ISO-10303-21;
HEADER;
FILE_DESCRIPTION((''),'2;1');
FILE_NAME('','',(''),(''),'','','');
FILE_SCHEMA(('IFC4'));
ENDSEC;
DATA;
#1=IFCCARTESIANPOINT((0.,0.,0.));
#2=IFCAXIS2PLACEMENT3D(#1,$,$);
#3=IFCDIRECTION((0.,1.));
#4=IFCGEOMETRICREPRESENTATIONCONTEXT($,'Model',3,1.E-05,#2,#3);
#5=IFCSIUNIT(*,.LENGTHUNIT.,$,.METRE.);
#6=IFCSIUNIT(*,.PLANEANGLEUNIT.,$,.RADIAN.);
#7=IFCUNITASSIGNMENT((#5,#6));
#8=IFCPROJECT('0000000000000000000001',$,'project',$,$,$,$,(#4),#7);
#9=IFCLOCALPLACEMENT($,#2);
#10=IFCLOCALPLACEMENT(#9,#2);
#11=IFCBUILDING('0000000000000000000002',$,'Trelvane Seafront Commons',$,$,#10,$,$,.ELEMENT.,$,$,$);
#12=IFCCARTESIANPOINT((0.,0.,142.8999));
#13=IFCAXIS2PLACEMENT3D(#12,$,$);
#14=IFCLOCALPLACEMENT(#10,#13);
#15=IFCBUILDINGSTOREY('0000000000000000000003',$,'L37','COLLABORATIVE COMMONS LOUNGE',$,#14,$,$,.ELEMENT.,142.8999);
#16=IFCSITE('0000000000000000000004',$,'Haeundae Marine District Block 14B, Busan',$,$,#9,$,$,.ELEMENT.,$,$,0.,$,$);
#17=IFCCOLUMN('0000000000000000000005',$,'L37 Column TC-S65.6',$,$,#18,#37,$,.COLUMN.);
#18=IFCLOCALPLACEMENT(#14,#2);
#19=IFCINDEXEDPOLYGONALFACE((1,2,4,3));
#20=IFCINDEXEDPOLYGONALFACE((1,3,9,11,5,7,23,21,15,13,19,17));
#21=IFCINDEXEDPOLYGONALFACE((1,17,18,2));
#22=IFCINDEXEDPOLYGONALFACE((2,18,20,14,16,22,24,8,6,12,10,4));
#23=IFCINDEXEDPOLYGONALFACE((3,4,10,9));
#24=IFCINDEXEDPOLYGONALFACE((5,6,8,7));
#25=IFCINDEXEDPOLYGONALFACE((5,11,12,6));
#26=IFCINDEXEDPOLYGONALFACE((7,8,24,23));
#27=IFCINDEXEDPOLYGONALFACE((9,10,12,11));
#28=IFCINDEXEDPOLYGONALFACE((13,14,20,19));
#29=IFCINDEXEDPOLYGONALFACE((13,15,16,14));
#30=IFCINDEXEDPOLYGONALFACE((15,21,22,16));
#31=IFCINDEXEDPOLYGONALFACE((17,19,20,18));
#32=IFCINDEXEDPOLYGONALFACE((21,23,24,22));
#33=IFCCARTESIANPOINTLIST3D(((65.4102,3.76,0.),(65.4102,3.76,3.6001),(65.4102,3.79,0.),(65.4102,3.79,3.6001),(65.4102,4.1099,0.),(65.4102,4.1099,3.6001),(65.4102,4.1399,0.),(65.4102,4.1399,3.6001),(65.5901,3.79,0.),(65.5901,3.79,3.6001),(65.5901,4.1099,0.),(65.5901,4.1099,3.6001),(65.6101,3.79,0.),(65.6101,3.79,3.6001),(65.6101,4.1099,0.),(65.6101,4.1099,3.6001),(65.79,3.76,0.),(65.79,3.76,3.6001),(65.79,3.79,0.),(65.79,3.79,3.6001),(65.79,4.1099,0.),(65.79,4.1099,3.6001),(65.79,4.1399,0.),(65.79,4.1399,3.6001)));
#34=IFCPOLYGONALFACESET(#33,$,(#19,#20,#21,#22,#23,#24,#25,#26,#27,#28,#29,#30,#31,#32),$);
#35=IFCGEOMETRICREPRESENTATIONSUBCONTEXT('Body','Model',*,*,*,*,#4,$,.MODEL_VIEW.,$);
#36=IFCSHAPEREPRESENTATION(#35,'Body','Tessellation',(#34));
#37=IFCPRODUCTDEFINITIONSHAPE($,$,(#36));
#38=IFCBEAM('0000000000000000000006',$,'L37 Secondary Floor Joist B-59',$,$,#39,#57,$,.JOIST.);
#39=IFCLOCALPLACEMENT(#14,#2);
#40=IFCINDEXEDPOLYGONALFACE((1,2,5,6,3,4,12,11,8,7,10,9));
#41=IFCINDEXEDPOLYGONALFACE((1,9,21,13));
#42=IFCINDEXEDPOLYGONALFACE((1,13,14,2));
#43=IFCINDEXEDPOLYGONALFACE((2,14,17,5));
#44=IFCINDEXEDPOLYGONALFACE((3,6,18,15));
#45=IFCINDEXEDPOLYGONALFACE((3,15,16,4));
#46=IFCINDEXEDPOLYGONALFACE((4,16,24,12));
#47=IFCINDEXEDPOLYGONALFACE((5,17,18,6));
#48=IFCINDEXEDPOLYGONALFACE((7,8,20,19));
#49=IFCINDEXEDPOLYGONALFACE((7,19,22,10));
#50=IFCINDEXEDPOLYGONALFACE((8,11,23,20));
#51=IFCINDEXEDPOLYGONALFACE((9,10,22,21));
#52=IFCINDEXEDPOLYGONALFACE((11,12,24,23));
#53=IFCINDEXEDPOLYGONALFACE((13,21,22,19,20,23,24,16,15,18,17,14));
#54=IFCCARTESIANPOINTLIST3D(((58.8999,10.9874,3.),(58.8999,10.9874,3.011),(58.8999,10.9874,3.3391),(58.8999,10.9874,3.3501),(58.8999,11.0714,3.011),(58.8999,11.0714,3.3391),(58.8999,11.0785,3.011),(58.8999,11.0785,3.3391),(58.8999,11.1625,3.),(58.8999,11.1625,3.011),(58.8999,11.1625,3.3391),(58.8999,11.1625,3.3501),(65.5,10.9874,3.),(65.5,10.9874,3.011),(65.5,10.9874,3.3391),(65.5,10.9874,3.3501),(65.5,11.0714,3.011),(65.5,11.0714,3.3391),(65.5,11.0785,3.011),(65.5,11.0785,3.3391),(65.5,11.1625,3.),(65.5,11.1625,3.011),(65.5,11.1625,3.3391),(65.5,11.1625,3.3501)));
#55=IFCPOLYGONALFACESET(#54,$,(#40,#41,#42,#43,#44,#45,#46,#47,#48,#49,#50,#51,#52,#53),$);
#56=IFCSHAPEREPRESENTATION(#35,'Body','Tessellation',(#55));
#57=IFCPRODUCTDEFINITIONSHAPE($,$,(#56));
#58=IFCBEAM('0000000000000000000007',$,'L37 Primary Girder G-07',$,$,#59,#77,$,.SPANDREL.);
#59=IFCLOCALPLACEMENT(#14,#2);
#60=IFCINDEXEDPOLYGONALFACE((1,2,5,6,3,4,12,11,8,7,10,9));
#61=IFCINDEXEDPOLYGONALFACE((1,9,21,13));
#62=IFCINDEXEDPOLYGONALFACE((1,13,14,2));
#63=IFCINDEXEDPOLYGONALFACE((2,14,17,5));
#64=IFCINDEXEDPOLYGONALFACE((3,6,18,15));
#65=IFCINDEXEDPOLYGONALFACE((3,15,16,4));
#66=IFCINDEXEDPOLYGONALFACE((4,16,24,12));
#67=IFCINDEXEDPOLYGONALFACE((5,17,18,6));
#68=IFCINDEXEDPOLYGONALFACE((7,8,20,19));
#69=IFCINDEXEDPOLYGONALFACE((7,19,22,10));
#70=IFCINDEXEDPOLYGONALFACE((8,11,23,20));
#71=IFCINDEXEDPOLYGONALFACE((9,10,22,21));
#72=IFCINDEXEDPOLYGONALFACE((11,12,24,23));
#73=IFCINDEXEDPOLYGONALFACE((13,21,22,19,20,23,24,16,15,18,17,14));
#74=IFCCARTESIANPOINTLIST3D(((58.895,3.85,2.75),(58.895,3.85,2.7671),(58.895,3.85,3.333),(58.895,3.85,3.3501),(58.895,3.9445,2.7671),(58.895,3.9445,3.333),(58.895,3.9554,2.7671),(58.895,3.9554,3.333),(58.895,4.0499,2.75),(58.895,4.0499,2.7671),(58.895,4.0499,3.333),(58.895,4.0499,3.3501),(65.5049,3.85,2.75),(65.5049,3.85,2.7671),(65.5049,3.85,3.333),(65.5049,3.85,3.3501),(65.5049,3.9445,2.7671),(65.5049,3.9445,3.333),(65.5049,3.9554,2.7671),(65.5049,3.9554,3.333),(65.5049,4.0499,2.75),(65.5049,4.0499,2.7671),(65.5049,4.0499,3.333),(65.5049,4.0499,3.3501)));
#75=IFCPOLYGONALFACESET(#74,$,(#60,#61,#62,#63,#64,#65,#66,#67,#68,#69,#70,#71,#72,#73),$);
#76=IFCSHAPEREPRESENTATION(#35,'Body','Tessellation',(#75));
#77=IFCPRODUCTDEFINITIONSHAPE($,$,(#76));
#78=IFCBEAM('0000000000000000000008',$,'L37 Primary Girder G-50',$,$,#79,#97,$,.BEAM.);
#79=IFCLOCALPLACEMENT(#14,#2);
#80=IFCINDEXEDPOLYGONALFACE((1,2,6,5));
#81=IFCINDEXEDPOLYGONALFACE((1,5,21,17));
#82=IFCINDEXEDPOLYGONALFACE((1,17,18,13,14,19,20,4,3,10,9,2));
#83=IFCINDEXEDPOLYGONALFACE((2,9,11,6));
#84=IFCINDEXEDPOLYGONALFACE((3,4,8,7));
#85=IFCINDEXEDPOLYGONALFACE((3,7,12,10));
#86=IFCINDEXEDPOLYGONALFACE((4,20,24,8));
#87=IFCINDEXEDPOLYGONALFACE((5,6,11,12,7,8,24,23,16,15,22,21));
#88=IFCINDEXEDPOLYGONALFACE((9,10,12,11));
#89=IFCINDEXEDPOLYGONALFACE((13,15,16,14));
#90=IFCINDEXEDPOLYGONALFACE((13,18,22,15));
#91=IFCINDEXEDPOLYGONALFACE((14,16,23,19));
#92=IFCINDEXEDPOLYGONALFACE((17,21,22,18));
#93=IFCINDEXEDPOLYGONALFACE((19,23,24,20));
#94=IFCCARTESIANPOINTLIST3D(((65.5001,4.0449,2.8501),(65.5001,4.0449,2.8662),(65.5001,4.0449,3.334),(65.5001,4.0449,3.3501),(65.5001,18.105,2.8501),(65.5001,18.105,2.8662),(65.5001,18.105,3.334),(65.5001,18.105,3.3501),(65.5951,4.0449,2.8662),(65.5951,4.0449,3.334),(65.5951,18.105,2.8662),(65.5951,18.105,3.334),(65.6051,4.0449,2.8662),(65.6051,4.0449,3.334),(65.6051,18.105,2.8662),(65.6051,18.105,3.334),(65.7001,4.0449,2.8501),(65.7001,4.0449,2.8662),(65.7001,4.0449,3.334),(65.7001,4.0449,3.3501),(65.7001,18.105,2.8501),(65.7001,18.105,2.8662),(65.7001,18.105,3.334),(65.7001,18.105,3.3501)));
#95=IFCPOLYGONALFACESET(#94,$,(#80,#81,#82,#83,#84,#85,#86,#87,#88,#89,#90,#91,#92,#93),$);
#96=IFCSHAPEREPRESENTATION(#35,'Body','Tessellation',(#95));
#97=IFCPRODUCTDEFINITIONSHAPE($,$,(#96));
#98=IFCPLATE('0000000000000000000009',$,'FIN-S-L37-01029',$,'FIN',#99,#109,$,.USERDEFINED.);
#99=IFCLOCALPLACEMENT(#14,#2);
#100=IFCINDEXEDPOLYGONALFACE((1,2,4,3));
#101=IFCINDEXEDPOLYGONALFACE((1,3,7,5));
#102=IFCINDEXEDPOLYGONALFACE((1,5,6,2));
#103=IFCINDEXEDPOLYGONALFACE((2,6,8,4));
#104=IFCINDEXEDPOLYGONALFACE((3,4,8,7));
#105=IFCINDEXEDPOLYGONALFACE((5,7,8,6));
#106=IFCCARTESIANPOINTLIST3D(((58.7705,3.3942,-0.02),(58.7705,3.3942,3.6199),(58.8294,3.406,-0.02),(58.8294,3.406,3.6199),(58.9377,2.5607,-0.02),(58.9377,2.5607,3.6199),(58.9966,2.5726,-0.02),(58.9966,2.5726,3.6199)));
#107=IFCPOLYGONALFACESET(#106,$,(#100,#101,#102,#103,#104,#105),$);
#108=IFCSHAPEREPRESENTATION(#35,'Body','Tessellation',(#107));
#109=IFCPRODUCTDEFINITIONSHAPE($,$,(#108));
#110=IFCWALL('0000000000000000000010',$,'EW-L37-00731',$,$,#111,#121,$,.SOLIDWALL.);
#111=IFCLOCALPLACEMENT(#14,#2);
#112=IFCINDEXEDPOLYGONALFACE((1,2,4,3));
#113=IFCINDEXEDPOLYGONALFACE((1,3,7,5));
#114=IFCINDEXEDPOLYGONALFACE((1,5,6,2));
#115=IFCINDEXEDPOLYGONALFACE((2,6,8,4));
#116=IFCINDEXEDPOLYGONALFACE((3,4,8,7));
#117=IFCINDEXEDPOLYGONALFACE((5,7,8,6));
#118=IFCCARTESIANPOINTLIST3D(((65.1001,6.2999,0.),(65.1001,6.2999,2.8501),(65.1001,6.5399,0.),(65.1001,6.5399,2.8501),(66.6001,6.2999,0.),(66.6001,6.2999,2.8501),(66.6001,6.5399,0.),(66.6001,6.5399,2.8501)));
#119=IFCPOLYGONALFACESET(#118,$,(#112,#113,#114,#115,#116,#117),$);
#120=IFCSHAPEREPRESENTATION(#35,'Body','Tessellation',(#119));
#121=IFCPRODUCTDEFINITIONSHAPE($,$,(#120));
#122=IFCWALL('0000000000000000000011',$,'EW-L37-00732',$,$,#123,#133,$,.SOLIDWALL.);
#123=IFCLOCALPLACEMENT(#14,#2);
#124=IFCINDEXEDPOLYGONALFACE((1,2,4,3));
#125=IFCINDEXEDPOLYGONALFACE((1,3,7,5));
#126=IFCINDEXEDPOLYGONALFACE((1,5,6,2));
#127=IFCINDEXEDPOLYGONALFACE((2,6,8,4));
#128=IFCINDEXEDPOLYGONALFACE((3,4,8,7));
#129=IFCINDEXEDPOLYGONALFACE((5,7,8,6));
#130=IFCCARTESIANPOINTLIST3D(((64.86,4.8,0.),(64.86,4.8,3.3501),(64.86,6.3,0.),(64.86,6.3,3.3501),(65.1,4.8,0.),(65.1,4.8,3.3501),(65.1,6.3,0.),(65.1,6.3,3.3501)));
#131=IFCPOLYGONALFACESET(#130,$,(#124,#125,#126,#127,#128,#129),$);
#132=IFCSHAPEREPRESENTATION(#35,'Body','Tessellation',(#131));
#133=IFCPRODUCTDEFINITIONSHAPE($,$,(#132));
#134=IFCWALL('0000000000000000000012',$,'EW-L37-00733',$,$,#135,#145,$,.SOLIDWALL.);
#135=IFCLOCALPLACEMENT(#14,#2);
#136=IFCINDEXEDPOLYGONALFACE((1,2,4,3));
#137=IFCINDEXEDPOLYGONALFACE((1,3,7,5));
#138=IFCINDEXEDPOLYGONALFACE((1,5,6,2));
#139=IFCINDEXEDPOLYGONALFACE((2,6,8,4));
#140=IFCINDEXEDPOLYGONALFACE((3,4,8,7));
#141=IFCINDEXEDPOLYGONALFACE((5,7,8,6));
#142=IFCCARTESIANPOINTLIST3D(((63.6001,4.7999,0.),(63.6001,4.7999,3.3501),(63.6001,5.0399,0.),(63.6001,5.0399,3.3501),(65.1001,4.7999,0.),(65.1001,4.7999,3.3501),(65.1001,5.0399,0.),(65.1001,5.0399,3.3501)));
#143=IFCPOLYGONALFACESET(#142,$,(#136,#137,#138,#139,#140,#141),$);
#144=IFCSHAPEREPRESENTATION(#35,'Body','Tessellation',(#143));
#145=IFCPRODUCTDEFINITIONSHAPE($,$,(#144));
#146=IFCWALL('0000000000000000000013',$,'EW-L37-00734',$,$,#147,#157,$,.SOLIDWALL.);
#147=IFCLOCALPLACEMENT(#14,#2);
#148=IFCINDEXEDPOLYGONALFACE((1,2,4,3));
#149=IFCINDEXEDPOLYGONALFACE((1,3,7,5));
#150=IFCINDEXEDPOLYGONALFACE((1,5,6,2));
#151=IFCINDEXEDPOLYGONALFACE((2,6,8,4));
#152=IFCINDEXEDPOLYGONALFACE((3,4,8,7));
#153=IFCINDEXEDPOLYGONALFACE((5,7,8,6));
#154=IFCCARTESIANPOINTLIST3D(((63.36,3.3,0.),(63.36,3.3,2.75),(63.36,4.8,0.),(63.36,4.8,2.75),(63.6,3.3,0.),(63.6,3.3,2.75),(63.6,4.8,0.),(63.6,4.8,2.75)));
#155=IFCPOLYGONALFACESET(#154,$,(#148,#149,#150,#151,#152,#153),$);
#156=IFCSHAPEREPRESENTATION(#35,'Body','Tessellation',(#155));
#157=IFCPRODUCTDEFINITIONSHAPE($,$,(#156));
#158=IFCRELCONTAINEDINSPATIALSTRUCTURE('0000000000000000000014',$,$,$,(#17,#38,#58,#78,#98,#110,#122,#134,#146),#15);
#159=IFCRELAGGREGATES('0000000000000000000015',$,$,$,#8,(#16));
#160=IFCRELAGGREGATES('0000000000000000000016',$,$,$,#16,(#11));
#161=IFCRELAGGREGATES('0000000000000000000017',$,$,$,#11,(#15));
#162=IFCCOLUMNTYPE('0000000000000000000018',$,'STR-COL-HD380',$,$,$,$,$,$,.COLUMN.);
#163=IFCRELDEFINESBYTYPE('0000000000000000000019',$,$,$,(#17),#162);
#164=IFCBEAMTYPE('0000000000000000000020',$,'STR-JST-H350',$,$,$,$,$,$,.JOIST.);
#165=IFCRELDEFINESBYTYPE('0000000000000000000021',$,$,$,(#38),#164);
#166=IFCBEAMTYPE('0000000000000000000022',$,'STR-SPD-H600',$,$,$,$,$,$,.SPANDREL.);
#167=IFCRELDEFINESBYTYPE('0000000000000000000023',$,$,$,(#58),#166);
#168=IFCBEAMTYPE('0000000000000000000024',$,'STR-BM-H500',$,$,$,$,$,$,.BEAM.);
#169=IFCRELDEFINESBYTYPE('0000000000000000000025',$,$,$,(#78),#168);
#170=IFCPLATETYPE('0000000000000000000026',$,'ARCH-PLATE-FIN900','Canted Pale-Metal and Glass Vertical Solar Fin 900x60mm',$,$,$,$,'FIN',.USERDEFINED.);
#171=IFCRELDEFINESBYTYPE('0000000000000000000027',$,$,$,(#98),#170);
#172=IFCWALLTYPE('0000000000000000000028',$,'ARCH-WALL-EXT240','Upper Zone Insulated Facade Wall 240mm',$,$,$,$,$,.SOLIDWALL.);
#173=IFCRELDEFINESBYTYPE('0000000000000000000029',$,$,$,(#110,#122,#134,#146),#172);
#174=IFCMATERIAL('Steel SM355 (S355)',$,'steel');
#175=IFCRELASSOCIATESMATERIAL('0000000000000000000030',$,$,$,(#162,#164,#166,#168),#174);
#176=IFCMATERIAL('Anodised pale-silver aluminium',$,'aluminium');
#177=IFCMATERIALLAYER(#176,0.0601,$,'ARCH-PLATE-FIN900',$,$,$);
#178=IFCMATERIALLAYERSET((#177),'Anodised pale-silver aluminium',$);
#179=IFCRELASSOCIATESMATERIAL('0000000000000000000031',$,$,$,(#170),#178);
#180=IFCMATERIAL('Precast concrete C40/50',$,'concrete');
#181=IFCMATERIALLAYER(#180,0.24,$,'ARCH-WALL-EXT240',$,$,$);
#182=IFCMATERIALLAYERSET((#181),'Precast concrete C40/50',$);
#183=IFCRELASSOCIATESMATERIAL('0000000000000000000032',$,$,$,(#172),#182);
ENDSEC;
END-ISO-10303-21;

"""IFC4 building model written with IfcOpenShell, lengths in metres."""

from ifc_helpers import new_model, si_unit, direction, frame, frame_2d, origin, origin_2d, place, context, subcontext, project, spatial, rectangle, i_section, extrude, source, transform, mapped, material, layer, layer_set, material_profile, profile_set, type_object, element, save


model = new_model("IFC4")

# Units and contexts
model_context = context("Model", 3, precision=1e-05, world=origin(), true_north=direction((0.0, 1.0)))
body_context = subcontext(model_context, "Body", "Model", "MODEL_VIEW")
ifc_project = project(units=[si_unit("LENGTHUNIT", "METRE"), si_unit("PLANEANGLEUNIT", "RADIAN")], contexts=[model_context])

# Site, building, storey
site_placement = place(None, origin())
site = spatial("IfcSite", under=ifc_project, at=site_placement, Name="Haeundae Marine District Block 14B, Busan", CompositionType="ELEMENT", RefElevation=0.0)
building_placement = place(site_placement, origin())
building = spatial("IfcBuilding", under=site, at=building_placement, Name="Trelvane Seafront Commons", CompositionType="ELEMENT")
storey_placement = place(building_placement, frame((0.0, 0.0, 142.8999)))
storey = spatial("IfcBuildingStorey", under=building, at=storey_placement, Name="L37", Description="COLLABORATIVE COMMONS LOUNGE", CompositionType="ELEMENT", Elevation=142.8999)

# Column
ifc_material_1 = material(Name="Steel SM355 (S355)", Category="steel")
ifc_material_profile_1 = material_profile(ifc_material_1, i_section(OverallWidth=0.3799, OverallDepth=0.3799, WebThickness=0.02, FlangeThickness=0.03, at=origin_2d()), Name="HD-380x380x20x30")
ifc_profile_set_1 = profile_set([ifc_material_profile_1], Name="Steel SM355 (S355)")
column_type = type_object("IfcColumnType", Name="STR-COL-HD380", PredefinedType="COLUMN", material=ifc_profile_set_1)
shared_shape_1 = source(origin(), body_context, "Body", "SweptSolid", [
    extrude(i_section(OverallWidth=0.3799, OverallDepth=0.3799, WebThickness=0.02, FlangeThickness=0.03, at=origin_2d()), origin(), (0.0, 0.0, 1.0), 3.6001),
])
column_placement = place(storey_placement, frame((65.6001, 3.95, 0.0), z_axis=(0.0, 0.0, 1.0), x_axis=(1.0, 0.0, 0.0)))
element("IfcColumn", 1, at=column_placement, inside=storey, type_object=column_type, Name="L37 Column TC-S65.6", PredefinedType="COLUMN", context=body_context, shape_type="MappedRepresentation", body=[
    mapped(shared_shape_1, transform((0.0, 0.0, 0.0), x_axis=(1.0, 0.0, 0.0), y_axis=(0.0, 1.0, 0.0), z_axis=(0.0, 0.0, 1.0), scale=1.0)),
])

# Beams
ifc_material_profile_2 = material_profile(ifc_material_1, i_section(OverallWidth=0.175, OverallDepth=0.3501, WebThickness=0.0071, FlangeThickness=0.011, at=origin_2d()), Name="H-350x175x7x11")
ifc_profile_set_2 = profile_set([ifc_material_profile_2], Name="Steel SM355 (S355)")
beam_type_1 = type_object("IfcBeamType", Name="STR-JST-H350", PredefinedType="JOIST", material=ifc_profile_set_2)
shared_shape_2 = source(origin(), body_context, "Body", "SweptSolid", [
    extrude(i_section(OverallWidth=0.175, OverallDepth=0.3501, WebThickness=0.0071, FlangeThickness=0.011, at=origin_2d()), origin(), (0.0, 0.0, 1.0), 6.6001),
])
beam_1_placement = place(storey_placement, frame((58.8999, 11.075, 3.175), z_axis=(1.0, 0.0, 0.0), x_axis=(0.0, 1.0, 0.0)))
element("IfcBeam", 2, at=beam_1_placement, inside=storey, type_object=beam_type_1, Name="L37 Secondary Floor Joist B-59", PredefinedType="JOIST", context=body_context, shape_type="MappedRepresentation", body=[
    mapped(shared_shape_2, transform((0.0, 0.0, 0.0), x_axis=(1.0, 0.0, 0.0), y_axis=(0.0, 1.0, 0.0), z_axis=(0.0, 0.0, 1.0), scale=1.0)),
])
ifc_material_profile_3 = material_profile(ifc_material_1, i_section(OverallWidth=0.2, OverallDepth=0.6001, WebThickness=0.011, FlangeThickness=0.0171, at=origin_2d()), Name="H-600x200x11x17")
ifc_profile_set_3 = profile_set([ifc_material_profile_3], Name="Steel SM355 (S355)")
beam_type_2 = type_object("IfcBeamType", Name="STR-SPD-H600", PredefinedType="SPANDREL", material=ifc_profile_set_3)
shared_shape_3 = source(origin(), body_context, "Body", "SweptSolid", [
    extrude(i_section(OverallWidth=0.2, OverallDepth=0.6001, WebThickness=0.011, FlangeThickness=0.0171, at=origin_2d()), origin(), (0.0, 0.0, 1.0), 6.6099),
])
beam_2_placement = place(storey_placement, frame((58.895, 3.95, 3.05), z_axis=(1.0, 0.0, 0.0), x_axis=(0.0, 1.0, 0.0)))
element("IfcBeam", 3, at=beam_2_placement, inside=storey, type_object=beam_type_2, Name="L37 Primary Girder G-07", PredefinedType="SPANDREL", context=body_context, shape_type="MappedRepresentation", body=[
    mapped(shared_shape_3, transform((0.0, 0.0, 0.0), x_axis=(1.0, 0.0, 0.0), y_axis=(0.0, 1.0, 0.0), z_axis=(0.0, 0.0, 1.0), scale=1.0)),
])
ifc_material_profile_4 = material_profile(ifc_material_1, i_section(OverallWidth=0.2, OverallDepth=0.5, WebThickness=0.01, FlangeThickness=0.0161, at=origin_2d()), Name="H-500x200x10x16")
ifc_profile_set_4 = profile_set([ifc_material_profile_4], Name="Steel SM355 (S355)")
beam_type_3 = type_object("IfcBeamType", Name="STR-BM-H500", PredefinedType="BEAM", material=ifc_profile_set_4)
shared_shape_4 = source(origin(), body_context, "Body", "SweptSolid", [
    extrude(i_section(OverallWidth=0.2, OverallDepth=0.5, WebThickness=0.01, FlangeThickness=0.0161, at=origin_2d()), origin(), (0.0, 0.0, 1.0), 14.0601),
])
beam_3_placement = place(storey_placement, frame((65.6001, 4.0449, 3.1001), z_axis=(0.0, 1.0, 0.0), x_axis=(-1.0, 0.0, 0.0)))
element("IfcBeam", 4, at=beam_3_placement, inside=storey, type_object=beam_type_3, Name="L37 Primary Girder G-50", PredefinedType="BEAM", context=body_context, shape_type="MappedRepresentation", body=[
    mapped(shared_shape_4, transform((0.0, 0.0, 0.0), x_axis=(1.0, 0.0, 0.0), y_axis=(0.0, 1.0, 0.0), z_axis=(0.0, 0.0, 1.0), scale=1.0)),
])

# Plate
ifc_material_2 = material(Name="Anodised pale-silver aluminium", Category="aluminium")
ifc_layer_1 = layer(ifc_material_2, 0.0601, Name="ARCH-PLATE-FIN900")
ifc_layer_set_1 = layer_set([ifc_layer_1], Name="Anodised pale-silver aluminium")
plate_type = type_object("IfcPlateType", Name="ARCH-PLATE-FIN900", Description="Canted Pale-Metal and Glass Vertical Solar Fin 900x60mm", ElementType="FIN", PredefinedType="USERDEFINED", material=ifc_layer_set_1)
shared_shape_5 = source(origin(), body_context, "Body", "SweptSolid", [
    extrude(rectangle(XDim=0.8501, YDim=0.0601, at=origin_2d()), origin(), (0.0, 0.0, 1.0), 3.6399),
])
plate_placement = place(storey_placement, frame((58.8835, 2.9834, -0.02), z_axis=(0.0, 0.0, 1.0), x_axis=(0.196704, -0.980463, 0.0)))
element("IfcPlate", 5, at=plate_placement, inside=storey, type_object=plate_type, Name="FIN-S-L37-01029", ObjectType="FIN", PredefinedType="USERDEFINED", context=body_context, shape_type="MappedRepresentation", body=[
    mapped(shared_shape_5, transform((0.0, 0.0, 0.0), x_axis=(1.0, 0.0, 0.0), y_axis=(0.0, 1.0, 0.0), z_axis=(0.0, 0.0, 1.0), scale=1.0)),
])

# Walls
ifc_material_3 = material(Name="Precast concrete C40/50", Category="concrete")
ifc_layer_2 = layer(ifc_material_3, 0.24, Name="ARCH-WALL-EXT240")
ifc_layer_set_2 = layer_set([ifc_layer_2], Name="Precast concrete C40/50")
wall_type = type_object("IfcWallType", Name="ARCH-WALL-EXT240", Description="Upper Zone Insulated Facade Wall 240mm", PredefinedType="SOLIDWALL", material=ifc_layer_set_2)
wall_1_placement = place(storey_placement, frame((66.6001, 6.4199, 0.0), z_axis=(0.0, 0.0, 1.0), x_axis=(-1.0, 0.0, 0.0)))
element("IfcWall", 6, at=wall_1_placement, inside=storey, type_object=wall_type, Name="EW-L37-00731", PredefinedType="SOLIDWALL", context=body_context, shape_type="SweptSolid", body=[
    extrude(rectangle(XDim=1.5, YDim=0.24, at=frame_2d((0.75, 0.0))), origin(), (0.0, 0.0, 1.0), 2.8501),
])
for number, where, z_axis, x_axis, name in (
    (7, (64.98, 6.3, 0.0), (0.0, 0.0, 1.0), (0.0, -1.0, 0.0), "EW-L37-00732"),
    (8, (65.1001, 4.9199, 0.0), (0.0, 0.0, 1.0), (-1.0, 0.0, 0.0), "EW-L37-00733"),
):
    element("IfcWall", number, at=place(storey_placement, frame(where, z_axis=z_axis, x_axis=x_axis)), inside=storey, type_object=wall_type, Name=name, PredefinedType="SOLIDWALL", context=body_context, shape_type="SweptSolid", body=[
        extrude(rectangle(XDim=1.5, YDim=0.24, at=frame_2d((0.75, 0.0))), origin(), (0.0, 0.0, 1.0), 3.3501),
    ])
wall_2_placement = place(storey_placement, frame((63.48, 4.8, 0.0), z_axis=(0.0, 0.0, 1.0), x_axis=(0.0, -1.0, 0.0)))
element("IfcWall", 9, at=wall_2_placement, inside=storey, type_object=wall_type, Name="EW-L37-00734", PredefinedType="SOLIDWALL", context=body_context, shape_type="SweptSolid", body=[
    extrude(rectangle(XDim=1.5, YDim=0.24, at=frame_2d((0.75, 0.0))), origin(), (0.0, 0.0, 1.0), 2.75),
])

save(model, "model.ifc")
